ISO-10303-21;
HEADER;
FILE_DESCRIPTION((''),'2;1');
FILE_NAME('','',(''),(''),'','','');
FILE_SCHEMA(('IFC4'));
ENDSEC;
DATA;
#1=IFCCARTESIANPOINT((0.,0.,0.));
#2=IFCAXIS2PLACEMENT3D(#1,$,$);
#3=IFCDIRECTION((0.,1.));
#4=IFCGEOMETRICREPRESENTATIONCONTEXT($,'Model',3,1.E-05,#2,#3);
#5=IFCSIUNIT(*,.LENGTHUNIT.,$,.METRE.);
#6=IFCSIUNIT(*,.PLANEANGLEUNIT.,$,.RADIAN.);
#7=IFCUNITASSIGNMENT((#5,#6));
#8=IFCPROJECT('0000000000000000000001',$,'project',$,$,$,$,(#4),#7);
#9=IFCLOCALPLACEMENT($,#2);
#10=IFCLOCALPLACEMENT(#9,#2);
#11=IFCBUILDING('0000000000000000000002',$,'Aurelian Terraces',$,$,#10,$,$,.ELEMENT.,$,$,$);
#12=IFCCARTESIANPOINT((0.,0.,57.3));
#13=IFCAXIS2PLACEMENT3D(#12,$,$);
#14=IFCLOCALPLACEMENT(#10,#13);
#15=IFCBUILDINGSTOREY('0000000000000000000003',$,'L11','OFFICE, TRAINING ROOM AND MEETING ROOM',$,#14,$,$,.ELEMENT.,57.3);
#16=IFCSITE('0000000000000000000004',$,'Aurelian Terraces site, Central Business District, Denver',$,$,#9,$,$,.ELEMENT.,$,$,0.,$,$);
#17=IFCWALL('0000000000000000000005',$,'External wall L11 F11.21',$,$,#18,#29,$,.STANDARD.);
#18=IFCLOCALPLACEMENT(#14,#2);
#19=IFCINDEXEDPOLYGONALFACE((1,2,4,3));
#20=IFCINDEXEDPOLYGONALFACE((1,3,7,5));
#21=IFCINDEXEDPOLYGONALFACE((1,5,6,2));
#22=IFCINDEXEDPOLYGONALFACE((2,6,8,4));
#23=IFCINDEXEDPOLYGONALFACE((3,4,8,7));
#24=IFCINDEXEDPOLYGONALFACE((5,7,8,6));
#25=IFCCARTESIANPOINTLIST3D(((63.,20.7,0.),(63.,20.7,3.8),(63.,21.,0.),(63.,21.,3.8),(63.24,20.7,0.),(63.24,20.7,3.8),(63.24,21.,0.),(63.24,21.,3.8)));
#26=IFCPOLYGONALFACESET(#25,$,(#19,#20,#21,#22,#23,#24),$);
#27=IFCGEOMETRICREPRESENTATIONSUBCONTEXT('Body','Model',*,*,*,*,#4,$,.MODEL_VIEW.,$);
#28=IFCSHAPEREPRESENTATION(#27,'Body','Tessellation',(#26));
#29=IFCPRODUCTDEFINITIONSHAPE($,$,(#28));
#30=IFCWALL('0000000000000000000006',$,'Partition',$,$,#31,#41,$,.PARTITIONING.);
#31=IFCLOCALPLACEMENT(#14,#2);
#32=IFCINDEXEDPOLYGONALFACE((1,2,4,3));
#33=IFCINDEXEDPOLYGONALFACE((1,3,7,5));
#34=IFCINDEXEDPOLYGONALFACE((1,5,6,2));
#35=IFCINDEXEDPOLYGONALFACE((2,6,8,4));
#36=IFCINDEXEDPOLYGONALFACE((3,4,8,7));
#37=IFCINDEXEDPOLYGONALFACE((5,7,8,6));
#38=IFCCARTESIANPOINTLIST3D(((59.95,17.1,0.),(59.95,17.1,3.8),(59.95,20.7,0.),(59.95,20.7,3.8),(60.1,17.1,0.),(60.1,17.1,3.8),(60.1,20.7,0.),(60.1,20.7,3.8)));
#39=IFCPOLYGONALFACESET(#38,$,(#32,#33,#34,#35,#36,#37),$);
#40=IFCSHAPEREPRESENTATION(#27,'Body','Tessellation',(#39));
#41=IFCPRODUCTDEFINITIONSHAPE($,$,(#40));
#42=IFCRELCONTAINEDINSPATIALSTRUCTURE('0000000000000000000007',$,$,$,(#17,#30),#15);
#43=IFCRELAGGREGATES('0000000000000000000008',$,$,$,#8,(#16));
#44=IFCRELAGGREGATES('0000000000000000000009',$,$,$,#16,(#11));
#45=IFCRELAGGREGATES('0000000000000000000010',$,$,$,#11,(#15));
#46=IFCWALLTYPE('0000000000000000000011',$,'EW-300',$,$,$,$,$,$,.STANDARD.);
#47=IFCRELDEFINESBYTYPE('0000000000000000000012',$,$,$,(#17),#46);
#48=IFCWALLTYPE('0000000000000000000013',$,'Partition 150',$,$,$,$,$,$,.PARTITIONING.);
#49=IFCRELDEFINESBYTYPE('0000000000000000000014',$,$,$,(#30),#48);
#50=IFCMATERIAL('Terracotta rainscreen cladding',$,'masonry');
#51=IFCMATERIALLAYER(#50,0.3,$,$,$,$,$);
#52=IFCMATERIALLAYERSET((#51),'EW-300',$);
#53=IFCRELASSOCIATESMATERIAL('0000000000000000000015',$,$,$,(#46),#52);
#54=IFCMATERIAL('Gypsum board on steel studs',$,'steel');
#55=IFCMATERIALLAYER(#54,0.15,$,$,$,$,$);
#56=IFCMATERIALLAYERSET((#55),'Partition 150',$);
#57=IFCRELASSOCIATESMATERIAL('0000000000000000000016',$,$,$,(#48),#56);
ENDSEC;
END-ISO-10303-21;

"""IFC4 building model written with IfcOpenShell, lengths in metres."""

from ifc_helpers import new_model, si_unit, direction, frame, frame_2d, origin, place, context, subcontext, project, spatial, rectangle, extrude, source, transform, mapped, material, layer, layer_set, type_object, element, save


model = new_model("IFC4")

# Units and contexts
model_context = context("Model", 3, precision=1e-05, world=origin(), true_north=direction((0.0, 1.0)))
body_context = subcontext(model_context, "Body", "Model", "MODEL_VIEW")
ifc_project = project(units=[si_unit("LENGTHUNIT", "METRE"), si_unit("PLANEANGLEUNIT", "RADIAN")], contexts=[model_context])

# Site, building, storey
site_placement = place(None, origin())
site = spatial("IfcSite", under=ifc_project, at=site_placement, Name="Aurelian Terraces site, Central Business District, Denver", CompositionType="ELEMENT", RefElevation=0.0)
building_placement = place(site_placement, origin())
building = spatial("IfcBuilding", under=site, at=building_placement, Name="Aurelian Terraces", CompositionType="ELEMENT")
storey_placement = place(building_placement, frame((0.0, 0.0, 57.3)))
storey = spatial("IfcBuildingStorey", under=building, at=storey_placement, Name="L11", Description="OFFICE, TRAINING ROOM AND MEETING ROOM", CompositionType="ELEMENT", Elevation=57.3)

# Shared definitions
ifc_material_1 = material(Name="Terracotta rainscreen cladding", Category="masonry")
ifc_layer_1 = layer(ifc_material_1, 0.3)
ifc_layer_set_1 = layer_set([ifc_layer_1], Name="EW-300")
wall_type_1 = type_object("IfcWallType", Name="EW-300", PredefinedType="STANDARD", material=ifc_layer_set_1)

# Walls
shared_shape_1 = source(origin(), body_context, "Body", "SweptSolid", [
    extrude(rectangle(XDim=0.24, YDim=0.3, at=frame_2d((0.12, 0.0))), origin(), (0.0, 0.0, 1.0), 3.8),
])
wall_1_placement = place(storey_placement, frame((63.24, 20.85, 0.0), z_axis=(0.0, 0.0, 1.0), x_axis=(-1.0, 0.0, 0.0)))
element("IfcWall", 1, at=wall_1_placement, inside=storey, type_object=wall_type_1, Name="External wall L11 F11.21", PredefinedType="STANDARD", context=body_context, shape_type="MappedRepresentation", body=[
    mapped(shared_shape_1, transform((0.0, 0.0, 0.0), scale=1.0)),
])
ifc_material_2 = material(Name="Gypsum board on steel studs", Category="steel")
ifc_layer_2 = layer(ifc_material_2, 0.15)
ifc_layer_set_2 = layer_set([ifc_layer_2], Name="Partition 150")
wall_type_2 = type_object("IfcWallType", Name="Partition 150", PredefinedType="PARTITIONING", material=ifc_layer_set_2)
shared_shape_2 = source(origin(), body_context, "Body", "SweptSolid", [
    extrude(rectangle(XDim=3.6, YDim=0.15, at=frame_2d((1.8, 0.0))), origin(), (0.0, 0.0, 1.0), 3.8),
])
wall_2_placement = place(storey_placement, frame((60.025, 20.7, 0.0), z_axis=(0.0, 0.0, 1.0), x_axis=(0.0, -1.0, 0.0)))
element("IfcWall", 2, at=wall_2_placement, inside=storey, type_object=wall_type_2, Name="Partition", PredefinedType="PARTITIONING", context=body_context, shape_type="MappedRepresentation", body=[
    mapped(shared_shape_2, transform((0.0, 0.0, 0.0), scale=1.0)),
])

save(model, "model.ifc")
